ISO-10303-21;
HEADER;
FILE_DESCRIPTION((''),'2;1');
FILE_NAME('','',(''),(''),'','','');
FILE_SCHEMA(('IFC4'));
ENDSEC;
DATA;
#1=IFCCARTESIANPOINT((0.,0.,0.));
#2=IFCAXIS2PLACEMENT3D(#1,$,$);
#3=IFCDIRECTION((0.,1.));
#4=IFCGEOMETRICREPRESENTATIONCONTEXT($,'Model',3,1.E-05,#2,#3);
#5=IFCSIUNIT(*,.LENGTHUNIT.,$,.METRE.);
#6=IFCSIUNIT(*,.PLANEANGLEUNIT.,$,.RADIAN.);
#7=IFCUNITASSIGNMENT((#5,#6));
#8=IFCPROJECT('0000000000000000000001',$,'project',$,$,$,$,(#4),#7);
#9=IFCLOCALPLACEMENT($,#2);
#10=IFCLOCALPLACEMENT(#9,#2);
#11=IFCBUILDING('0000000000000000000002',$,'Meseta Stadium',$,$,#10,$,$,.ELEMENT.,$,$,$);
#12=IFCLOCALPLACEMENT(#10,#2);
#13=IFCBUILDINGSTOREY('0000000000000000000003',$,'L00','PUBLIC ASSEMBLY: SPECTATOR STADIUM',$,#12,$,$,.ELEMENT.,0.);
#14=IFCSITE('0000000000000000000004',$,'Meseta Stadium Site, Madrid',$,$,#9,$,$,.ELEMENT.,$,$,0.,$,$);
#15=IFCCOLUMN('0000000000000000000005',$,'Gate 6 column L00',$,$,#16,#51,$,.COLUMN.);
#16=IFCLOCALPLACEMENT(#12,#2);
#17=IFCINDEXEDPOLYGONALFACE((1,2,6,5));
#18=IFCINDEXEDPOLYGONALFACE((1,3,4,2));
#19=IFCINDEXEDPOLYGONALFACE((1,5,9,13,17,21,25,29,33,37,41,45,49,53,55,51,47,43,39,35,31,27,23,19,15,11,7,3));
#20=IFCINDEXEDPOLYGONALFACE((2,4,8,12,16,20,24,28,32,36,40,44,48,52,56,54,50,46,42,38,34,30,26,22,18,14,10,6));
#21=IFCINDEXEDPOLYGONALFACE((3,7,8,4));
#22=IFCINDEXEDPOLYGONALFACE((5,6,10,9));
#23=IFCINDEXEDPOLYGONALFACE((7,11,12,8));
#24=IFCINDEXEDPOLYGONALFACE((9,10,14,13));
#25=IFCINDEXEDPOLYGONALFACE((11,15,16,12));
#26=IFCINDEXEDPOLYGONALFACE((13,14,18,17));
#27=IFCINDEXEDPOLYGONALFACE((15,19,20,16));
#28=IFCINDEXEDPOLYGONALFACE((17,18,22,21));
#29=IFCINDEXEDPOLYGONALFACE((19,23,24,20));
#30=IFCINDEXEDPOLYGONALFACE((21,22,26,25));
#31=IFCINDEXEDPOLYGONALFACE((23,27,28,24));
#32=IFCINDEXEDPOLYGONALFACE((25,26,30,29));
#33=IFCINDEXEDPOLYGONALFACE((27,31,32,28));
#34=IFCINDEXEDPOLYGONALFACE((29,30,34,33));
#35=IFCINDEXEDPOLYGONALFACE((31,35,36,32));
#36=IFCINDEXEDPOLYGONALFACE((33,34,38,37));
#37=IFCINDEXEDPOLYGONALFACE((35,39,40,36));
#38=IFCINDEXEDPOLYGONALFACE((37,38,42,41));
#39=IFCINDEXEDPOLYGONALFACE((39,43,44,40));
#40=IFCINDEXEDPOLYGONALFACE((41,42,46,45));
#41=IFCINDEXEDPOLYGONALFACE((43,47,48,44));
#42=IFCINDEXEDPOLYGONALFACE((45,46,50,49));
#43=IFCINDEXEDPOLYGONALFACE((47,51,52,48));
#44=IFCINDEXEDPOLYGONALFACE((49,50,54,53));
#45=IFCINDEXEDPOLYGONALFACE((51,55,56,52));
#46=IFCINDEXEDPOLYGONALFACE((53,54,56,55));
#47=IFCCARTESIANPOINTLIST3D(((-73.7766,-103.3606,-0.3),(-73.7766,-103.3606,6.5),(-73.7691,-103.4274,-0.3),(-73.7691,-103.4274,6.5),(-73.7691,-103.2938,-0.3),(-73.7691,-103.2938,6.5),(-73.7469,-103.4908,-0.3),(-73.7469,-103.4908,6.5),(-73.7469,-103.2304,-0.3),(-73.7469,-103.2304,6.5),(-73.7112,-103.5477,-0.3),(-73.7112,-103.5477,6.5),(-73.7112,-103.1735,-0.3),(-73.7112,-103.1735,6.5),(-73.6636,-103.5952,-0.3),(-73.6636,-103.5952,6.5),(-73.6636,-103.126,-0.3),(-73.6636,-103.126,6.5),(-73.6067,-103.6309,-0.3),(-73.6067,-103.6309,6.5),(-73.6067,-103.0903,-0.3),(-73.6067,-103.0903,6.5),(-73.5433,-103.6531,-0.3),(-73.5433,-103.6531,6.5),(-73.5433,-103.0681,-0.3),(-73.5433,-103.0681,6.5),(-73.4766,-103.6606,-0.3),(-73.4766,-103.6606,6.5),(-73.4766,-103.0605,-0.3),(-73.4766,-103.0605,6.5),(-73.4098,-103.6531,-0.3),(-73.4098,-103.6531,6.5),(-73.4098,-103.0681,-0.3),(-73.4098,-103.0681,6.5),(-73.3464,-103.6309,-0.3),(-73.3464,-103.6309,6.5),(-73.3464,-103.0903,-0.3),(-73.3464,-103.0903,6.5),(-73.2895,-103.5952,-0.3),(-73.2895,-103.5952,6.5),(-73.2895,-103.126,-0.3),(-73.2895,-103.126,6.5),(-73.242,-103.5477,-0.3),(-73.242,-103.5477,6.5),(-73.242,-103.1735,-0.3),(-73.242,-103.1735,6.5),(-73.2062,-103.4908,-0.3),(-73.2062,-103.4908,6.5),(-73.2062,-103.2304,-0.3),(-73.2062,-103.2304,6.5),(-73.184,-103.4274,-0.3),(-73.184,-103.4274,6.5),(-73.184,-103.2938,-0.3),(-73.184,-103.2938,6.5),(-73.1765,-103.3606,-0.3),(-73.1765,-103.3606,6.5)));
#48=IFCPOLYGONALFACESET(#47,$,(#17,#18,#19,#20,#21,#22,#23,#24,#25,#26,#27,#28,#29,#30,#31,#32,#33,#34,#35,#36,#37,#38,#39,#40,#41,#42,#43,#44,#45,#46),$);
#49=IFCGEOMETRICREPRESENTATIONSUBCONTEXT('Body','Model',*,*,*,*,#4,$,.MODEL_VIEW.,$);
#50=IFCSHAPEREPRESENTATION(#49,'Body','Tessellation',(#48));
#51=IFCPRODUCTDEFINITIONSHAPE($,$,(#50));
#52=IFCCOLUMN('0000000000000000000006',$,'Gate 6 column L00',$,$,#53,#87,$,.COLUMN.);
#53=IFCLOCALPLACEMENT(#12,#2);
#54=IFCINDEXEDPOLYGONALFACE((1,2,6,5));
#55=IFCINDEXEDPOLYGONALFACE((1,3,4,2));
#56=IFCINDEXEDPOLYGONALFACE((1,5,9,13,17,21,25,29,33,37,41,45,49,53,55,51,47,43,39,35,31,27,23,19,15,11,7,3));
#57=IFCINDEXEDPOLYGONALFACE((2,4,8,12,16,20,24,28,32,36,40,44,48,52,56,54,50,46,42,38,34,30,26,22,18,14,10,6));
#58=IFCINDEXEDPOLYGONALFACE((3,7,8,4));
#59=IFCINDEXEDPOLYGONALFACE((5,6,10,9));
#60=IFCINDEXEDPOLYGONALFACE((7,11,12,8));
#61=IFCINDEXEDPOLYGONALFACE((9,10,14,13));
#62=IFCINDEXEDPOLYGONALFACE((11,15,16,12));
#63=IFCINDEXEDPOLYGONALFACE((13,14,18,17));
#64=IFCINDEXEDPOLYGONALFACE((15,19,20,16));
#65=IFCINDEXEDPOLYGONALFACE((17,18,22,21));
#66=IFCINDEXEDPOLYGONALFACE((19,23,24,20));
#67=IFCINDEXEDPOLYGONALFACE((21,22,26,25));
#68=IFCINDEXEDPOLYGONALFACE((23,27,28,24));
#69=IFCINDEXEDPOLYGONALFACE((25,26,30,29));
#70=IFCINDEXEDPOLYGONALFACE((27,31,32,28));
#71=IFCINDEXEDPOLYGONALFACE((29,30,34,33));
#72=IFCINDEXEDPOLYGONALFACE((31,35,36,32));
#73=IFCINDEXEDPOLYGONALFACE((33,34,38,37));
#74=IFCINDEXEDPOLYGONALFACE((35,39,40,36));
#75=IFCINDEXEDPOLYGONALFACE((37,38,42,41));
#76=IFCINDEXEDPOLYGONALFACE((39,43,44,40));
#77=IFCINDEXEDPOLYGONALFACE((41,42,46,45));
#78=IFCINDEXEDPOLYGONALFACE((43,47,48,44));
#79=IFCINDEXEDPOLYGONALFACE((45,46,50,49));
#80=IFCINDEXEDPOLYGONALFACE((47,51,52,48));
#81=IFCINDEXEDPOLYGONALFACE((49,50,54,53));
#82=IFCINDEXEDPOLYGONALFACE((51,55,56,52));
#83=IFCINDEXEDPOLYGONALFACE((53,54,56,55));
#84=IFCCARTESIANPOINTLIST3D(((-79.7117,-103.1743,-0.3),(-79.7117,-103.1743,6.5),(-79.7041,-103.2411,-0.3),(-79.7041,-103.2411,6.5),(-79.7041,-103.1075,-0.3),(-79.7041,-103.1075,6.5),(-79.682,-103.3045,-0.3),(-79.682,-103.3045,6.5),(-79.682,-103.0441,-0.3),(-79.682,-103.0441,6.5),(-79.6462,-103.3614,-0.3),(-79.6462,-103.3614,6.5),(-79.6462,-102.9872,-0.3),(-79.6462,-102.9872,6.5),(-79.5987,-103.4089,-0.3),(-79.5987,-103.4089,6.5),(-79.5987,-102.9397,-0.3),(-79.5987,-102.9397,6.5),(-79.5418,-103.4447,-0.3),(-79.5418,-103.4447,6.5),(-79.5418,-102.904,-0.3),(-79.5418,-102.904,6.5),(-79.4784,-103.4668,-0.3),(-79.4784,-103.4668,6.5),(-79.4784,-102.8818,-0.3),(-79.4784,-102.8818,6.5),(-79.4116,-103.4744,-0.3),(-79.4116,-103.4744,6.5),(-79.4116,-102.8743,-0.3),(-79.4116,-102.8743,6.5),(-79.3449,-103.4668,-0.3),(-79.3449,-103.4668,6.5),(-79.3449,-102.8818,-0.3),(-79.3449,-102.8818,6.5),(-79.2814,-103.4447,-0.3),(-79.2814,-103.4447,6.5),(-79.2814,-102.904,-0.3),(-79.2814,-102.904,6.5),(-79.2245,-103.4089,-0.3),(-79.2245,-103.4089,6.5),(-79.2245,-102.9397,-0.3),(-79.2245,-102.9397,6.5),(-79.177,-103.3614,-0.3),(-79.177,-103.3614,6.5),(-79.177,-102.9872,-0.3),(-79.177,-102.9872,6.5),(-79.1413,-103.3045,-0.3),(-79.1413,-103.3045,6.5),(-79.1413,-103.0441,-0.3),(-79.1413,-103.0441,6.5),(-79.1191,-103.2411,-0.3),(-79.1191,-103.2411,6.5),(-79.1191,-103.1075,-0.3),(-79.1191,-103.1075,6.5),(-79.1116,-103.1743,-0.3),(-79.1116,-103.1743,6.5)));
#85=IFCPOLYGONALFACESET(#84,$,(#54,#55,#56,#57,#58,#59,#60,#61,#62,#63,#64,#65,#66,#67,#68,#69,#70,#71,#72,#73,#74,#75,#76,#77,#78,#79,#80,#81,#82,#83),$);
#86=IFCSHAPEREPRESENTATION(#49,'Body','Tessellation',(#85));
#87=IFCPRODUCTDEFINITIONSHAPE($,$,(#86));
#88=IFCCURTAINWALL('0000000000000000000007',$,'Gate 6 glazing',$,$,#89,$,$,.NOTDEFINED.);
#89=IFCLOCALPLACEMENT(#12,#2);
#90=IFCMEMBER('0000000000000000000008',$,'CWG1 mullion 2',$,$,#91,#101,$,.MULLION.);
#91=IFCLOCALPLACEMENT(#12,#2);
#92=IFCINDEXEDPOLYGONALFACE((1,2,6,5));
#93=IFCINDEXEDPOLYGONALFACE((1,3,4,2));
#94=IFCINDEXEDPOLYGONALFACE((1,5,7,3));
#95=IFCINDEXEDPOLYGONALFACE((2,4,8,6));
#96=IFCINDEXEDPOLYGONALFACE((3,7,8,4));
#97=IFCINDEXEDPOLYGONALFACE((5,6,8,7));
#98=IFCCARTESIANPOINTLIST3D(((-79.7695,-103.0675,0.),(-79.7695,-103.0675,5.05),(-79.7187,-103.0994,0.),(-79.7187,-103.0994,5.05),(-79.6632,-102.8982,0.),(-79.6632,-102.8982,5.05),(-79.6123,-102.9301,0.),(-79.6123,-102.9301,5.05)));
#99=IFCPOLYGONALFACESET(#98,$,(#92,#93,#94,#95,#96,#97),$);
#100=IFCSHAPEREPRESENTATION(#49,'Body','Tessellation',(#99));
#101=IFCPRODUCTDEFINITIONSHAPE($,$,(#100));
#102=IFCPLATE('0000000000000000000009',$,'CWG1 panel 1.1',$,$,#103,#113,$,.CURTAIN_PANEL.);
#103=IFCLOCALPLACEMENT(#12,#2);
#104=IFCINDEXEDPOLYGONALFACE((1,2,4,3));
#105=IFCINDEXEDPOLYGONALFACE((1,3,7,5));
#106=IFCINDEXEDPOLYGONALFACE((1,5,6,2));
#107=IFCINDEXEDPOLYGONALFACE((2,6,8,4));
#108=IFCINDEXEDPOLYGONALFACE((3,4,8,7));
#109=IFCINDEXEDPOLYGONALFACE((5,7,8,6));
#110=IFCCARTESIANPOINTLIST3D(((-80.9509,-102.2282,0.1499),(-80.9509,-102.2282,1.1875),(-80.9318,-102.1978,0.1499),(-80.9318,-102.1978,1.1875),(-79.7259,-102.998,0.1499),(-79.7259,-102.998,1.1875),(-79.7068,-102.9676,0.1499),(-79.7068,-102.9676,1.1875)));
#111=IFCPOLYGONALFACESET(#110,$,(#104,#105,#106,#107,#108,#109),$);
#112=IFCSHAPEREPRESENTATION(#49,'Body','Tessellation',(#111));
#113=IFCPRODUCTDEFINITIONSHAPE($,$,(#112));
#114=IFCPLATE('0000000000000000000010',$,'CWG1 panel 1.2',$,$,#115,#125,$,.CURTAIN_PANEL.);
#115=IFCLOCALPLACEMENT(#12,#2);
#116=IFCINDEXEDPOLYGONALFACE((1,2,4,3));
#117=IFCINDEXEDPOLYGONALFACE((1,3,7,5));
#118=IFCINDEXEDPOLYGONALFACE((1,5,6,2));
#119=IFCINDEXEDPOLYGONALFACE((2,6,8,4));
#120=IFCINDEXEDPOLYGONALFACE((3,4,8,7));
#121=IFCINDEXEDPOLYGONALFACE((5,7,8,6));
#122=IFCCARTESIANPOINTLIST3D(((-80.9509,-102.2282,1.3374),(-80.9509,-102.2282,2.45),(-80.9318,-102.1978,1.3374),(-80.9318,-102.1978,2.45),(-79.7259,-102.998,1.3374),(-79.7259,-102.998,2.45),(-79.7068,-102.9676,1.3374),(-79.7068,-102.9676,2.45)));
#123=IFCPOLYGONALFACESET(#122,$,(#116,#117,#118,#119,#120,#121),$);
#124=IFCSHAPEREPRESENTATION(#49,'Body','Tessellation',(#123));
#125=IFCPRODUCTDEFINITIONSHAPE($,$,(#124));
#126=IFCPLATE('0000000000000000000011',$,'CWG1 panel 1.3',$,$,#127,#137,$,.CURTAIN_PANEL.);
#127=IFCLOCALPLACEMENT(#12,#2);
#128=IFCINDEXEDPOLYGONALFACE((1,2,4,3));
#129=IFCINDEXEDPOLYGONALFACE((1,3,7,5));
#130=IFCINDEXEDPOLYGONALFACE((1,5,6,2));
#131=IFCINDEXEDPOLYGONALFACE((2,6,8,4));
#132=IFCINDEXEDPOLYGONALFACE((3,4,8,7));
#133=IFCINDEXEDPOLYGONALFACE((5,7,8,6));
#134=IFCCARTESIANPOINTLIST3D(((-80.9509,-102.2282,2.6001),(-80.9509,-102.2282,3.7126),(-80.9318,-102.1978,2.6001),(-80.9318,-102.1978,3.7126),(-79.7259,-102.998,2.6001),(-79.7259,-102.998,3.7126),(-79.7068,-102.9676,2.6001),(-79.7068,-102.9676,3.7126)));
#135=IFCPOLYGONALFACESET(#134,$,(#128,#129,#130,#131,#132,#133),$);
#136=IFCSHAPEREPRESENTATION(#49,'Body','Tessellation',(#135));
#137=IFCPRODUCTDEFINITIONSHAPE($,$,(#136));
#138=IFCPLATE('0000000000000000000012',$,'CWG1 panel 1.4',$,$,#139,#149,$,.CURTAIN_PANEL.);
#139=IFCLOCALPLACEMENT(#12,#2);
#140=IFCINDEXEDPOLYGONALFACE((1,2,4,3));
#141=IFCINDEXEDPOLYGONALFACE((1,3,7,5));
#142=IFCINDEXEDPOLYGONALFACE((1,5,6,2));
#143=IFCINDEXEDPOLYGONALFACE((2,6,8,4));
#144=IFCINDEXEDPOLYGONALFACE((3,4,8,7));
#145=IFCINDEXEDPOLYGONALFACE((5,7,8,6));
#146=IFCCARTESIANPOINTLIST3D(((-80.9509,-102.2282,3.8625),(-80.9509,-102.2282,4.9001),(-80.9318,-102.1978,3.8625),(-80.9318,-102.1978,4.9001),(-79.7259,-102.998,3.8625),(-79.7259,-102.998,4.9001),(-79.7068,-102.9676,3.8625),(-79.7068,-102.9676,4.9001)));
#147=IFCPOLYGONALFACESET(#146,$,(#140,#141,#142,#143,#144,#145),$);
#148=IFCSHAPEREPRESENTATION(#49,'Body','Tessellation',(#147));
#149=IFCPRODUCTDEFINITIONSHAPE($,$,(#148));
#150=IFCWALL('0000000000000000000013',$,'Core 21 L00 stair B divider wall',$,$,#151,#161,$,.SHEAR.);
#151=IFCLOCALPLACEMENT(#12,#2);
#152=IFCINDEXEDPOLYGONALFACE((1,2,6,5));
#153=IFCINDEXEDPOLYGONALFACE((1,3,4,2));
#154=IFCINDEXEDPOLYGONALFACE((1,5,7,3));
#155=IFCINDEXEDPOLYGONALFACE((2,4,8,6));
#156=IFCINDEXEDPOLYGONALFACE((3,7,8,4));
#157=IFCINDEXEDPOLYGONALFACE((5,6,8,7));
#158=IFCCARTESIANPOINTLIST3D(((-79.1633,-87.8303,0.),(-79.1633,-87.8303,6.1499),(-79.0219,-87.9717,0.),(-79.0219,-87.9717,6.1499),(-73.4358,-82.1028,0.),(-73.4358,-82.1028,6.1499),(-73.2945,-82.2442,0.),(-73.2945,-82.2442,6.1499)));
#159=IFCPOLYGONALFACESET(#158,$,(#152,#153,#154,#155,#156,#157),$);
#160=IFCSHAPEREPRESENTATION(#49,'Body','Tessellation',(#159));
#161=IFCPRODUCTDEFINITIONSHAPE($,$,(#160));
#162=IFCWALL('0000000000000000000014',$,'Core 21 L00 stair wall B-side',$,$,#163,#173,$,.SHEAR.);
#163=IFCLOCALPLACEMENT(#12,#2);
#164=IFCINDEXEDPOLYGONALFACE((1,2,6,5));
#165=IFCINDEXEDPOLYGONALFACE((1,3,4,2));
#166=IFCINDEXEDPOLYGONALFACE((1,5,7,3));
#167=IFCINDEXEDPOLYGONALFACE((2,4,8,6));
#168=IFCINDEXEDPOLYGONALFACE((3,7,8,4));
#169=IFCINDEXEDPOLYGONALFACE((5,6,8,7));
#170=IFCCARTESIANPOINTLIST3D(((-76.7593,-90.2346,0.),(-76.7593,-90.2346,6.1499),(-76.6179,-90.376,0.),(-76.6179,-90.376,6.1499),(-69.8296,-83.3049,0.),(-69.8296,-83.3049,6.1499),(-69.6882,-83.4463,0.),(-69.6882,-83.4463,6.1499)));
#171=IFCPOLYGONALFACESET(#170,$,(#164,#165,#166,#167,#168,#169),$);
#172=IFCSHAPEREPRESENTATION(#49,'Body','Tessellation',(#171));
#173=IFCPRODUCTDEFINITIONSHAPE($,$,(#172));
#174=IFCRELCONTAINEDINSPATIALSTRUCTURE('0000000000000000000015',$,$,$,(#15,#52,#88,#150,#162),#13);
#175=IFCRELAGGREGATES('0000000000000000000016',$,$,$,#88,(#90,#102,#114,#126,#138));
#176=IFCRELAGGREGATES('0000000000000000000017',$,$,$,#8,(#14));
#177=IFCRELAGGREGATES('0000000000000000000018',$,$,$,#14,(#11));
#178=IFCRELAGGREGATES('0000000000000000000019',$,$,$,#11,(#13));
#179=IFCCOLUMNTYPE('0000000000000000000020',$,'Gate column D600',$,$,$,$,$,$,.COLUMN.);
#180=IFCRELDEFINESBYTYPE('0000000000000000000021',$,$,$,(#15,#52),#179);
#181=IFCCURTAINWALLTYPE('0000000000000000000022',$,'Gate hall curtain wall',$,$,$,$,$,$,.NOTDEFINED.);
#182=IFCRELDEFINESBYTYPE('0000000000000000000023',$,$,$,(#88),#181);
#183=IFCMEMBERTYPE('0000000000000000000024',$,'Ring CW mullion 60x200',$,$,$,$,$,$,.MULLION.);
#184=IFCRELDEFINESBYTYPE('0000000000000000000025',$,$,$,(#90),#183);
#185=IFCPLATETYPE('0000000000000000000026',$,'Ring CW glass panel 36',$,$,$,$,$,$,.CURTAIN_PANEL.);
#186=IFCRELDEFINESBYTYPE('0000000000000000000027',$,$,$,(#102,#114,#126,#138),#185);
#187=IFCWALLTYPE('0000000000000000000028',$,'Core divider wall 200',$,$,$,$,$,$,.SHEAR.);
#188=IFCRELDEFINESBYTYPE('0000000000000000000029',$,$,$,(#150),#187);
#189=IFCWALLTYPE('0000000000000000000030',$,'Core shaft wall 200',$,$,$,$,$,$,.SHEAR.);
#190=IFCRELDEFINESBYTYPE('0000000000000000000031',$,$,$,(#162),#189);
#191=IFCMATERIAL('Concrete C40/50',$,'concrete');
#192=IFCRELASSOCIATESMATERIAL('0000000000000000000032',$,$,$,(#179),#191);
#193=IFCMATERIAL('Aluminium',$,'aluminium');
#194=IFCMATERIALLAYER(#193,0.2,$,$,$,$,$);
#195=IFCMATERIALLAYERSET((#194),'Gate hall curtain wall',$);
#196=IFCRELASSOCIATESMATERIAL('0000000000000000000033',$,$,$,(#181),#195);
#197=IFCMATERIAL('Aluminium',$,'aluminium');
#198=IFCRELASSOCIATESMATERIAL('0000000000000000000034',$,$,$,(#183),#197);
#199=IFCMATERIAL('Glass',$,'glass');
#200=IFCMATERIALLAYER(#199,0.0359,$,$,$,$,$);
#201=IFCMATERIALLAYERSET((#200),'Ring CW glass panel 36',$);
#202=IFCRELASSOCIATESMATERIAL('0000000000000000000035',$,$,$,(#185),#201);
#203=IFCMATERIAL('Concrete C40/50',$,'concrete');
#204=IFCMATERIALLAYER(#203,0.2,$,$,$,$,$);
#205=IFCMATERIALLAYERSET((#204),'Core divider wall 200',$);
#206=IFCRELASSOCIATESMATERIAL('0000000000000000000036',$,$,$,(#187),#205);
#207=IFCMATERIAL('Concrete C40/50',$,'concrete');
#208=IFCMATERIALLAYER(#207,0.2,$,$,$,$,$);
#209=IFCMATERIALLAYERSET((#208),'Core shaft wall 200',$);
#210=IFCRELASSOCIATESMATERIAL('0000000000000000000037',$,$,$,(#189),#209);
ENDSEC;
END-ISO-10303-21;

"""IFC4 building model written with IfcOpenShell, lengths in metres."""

from ifc_helpers import new_model, si_unit, direction, frame, frame_2d, origin, origin_2d, place, context, subcontext, project, spatial, rectangle, circle, extrude, material, layer, layer_set, material_profile, profile_set, type_object, element, aggregate, save


model = new_model("IFC4")

# Units and contexts
model_context = context("Model", 3, precision=1e-05, world=origin(), true_north=direction((0.0, 1.0)))
body_context = subcontext(model_context, "Body", "Model", "MODEL_VIEW")
ifc_project = project(units=[si_unit("LENGTHUNIT", "METRE"), si_unit("PLANEANGLEUNIT", "RADIAN")], contexts=[model_context])

# Site, building, storey
site_placement = place(None, origin())
site = spatial("IfcSite", under=ifc_project, at=site_placement, Name="Meseta Stadium Site, Madrid", CompositionType="ELEMENT", RefElevation=0.0)
building_placement = place(site_placement, origin())
building = spatial("IfcBuilding", under=site, at=building_placement, Name="Meseta Stadium", CompositionType="ELEMENT")
storey_placement = place(building_placement, origin())
storey = spatial("IfcBuildingStorey", under=building, at=storey_placement, Name="L00", Description="PUBLIC ASSEMBLY: SPECTATOR STADIUM", CompositionType="ELEMENT", Elevation=0.0)

# Columns
ifc_material_1 = material(Name="Concrete C40/50", Category="concrete")
ifc_material_profile_1 = material_profile(ifc_material_1, circle(Radius=0.3, at=origin_2d()), Name="RC D600")
ifc_profile_set_1 = profile_set([ifc_material_profile_1], Name="Concrete C40/50")
column_type = type_object("IfcColumnType", Name="Gate column D600", PredefinedType="COLUMN", material=ifc_profile_set_1)
for number, where, z_axis, x_axis, name in (
    (1, (-73.4766, -103.3606, -0.3), (0.0, 0.0, 1.0), (1.0, 0.0, 0.0), "Gate 6 column L00"),
    (2, (-79.4116, -103.1743, -0.3), (0.0, 0.0, 1.0), (1.0, 0.0, 0.0), "Gate 6 column L00"),
):
    element("IfcColumn", number, at=place(storey_placement, frame(where, z_axis=z_axis, x_axis=x_axis)), inside=storey, type_object=column_type, Name=name, PredefinedType="COLUMN", context=body_context, shape_type="SweptSolid", body=[
        extrude(circle(Radius=0.3, at=origin_2d()), origin(), (0.0, 0.0, 1.0), 6.8),
    ])

# Curtain wall, member, plates
ifc_material_2 = material(Name="Aluminium", Category="aluminium")
ifc_layer_1 = layer(ifc_material_2, 0.2)
ifc_layer_set_1 = layer_set([ifc_layer_1], Name="Gate hall curtain wall")
curtain_wall_type = type_object("IfcCurtainWallType", Name="Gate hall curtain wall", PredefinedType="NOTDEFINED", material=ifc_layer_set_1)
curtain_wall_placement = place(storey_placement, origin())
curtain_wall = element("IfcCurtainWall", 3, at=curtain_wall_placement, inside=storey, type_object=curtain_wall_type, Name="Gate 6 glazing", PredefinedType="NOTDEFINED")
ifc_material_3 = material(Name="Aluminium", Category="aluminium")
ifc_material_profile_2 = material_profile(ifc_material_3, rectangle(XDim=0.2, YDim=0.0601, at=origin_2d()), Name="CW 200x60")
ifc_profile_set_2 = profile_set([ifc_material_profile_2], Name="Aluminium")
member_type = type_object("IfcMemberType", Name="Ring CW mullion 60x200", PredefinedType="MULLION", material=ifc_profile_set_2)
member_placement = place(storey_placement, frame((-79.6909, -102.9988, 0.0), z_axis=(0.0, 0.0, 1.0), x_axis=(0.532023, 0.84673, 0.0)))
member = element("IfcMember", 4, at=member_placement, type_object=member_type, Name="CWG1 mullion 2", PredefinedType="MULLION", context=body_context, shape_type="SweptSolid", body=[
    extrude(rectangle(XDim=0.2, YDim=0.0601, at=origin_2d()), origin(), (0.0, 0.0, 1.0), 5.05),
])
ifc_material_4 = material(Name="Glass", Category="glass")
ifc_layer_2 = layer(ifc_material_4, 0.0359)
ifc_layer_set_2 = layer_set([ifc_layer_2], Name="Ring CW glass panel 36")
plate_type = type_object("IfcPlateType", Name="Ring CW glass panel 36", PredefinedType="CURTAIN_PANEL", material=ifc_layer_set_2)
plate_1_placement = place(storey_placement, frame((-80.3289, -102.5979, 0.1499), z_axis=(0.0, 0.0, 1.0), x_axis=(0.84673, -0.532023, 0.0)))
plate_1 = element("IfcPlate", 5, at=plate_1_placement, type_object=plate_type, Name="CWG1 panel 1.1", PredefinedType="CURTAIN_PANEL", context=body_context, shape_type="SweptSolid", body=[
    extrude(rectangle(XDim=1.4468, YDim=0.0359, at=origin_2d()), origin(), (0.0, 0.0, 1.0), 1.0376),
])
plate_2_placement = place(storey_placement, frame((-80.3289, -102.5979, 1.3374), z_axis=(0.0, 0.0, 1.0), x_axis=(0.84673, -0.532023, 0.0)))
plate_2 = element("IfcPlate", 6, at=plate_2_placement, type_object=plate_type, Name="CWG1 panel 1.2", PredefinedType="CURTAIN_PANEL", context=body_context, shape_type="SweptSolid", body=[
    extrude(rectangle(XDim=1.4468, YDim=0.0359, at=origin_2d()), origin(), (0.0, 0.0, 1.0), 1.1125),
])
plate_3_placement = place(storey_placement, frame((-80.3289, -102.5979, 2.6001), z_axis=(0.0, 0.0, 1.0), x_axis=(0.84673, -0.532023, 0.0)))
plate_3 = element("IfcPlate", 7, at=plate_3_placement, type_object=plate_type, Name="CWG1 panel 1.3", PredefinedType="CURTAIN_PANEL", context=body_context, shape_type="SweptSolid", body=[
    extrude(rectangle(XDim=1.4468, YDim=0.0359, at=origin_2d()), origin(), (0.0, 0.0, 1.0), 1.1125),
])
plate_4_placement = place(storey_placement, frame((-80.3289, -102.5979, 3.8625), z_axis=(0.0, 0.0, 1.0), x_axis=(0.84673, -0.532023, 0.0)))
plate_4 = element("IfcPlate", 8, at=plate_4_placement, type_object=plate_type, Name="CWG1 panel 1.4", PredefinedType="CURTAIN_PANEL", context=body_context, shape_type="SweptSolid", body=[
    extrude(rectangle(XDim=1.4468, YDim=0.0359, at=origin_2d()), origin(), (0.0, 0.0, 1.0), 1.0376),
])
aggregate(curtain_wall, [member, plate_1, plate_2, plate_3, plate_4])

# Walls
ifc_material_5 = material(Name="Concrete C40/50", Category="concrete")
ifc_layer_3 = layer(ifc_material_5, 0.2)
ifc_layer_set_3 = layer_set([ifc_layer_3], Name="Core divider wall 200")
wall_type_1 = type_object("IfcWallType", Name="Core divider wall 200", PredefinedType="SHEAR", material=ifc_layer_set_3)
wall_1_placement = place(storey_placement, frame((-79.0925, -87.9009, 0.0), z_axis=(0.0, 0.0, 1.0), x_axis=(0.707107, 0.707107, 0.0)))
element("IfcWall", 9, at=wall_1_placement, inside=storey, type_object=wall_type_1, Name="Core 21 L00 stair B divider wall", PredefinedType="SHEAR", context=body_context, shape_type="SweptSolid", body=[
    extrude(rectangle(XDim=8.0999, YDim=0.2, at=frame_2d((4.0498, 0.0))), origin(), (0.0, 0.0, 1.0), 6.1499),
])
ifc_material_6 = material(Name="Concrete C40/50", Category="concrete")
ifc_layer_4 = layer(ifc_material_6, 0.2)
ifc_layer_set_4 = layer_set([ifc_layer_4], Name="Core shaft wall 200")
wall_type_2 = type_object("IfcWallType", Name="Core shaft wall 200", PredefinedType="SHEAR", material=ifc_layer_set_4)
wall_2_placement = place(storey_placement, frame((-76.6885, -90.3052, 0.0), z_axis=(0.0, 0.0, 1.0), x_axis=(0.707107, 0.707107, 0.0)))
element("IfcWall", 10, at=wall_2_placement, inside=storey, type_object=wall_type_2, Name="Core 21 L00 stair wall B-side", PredefinedType="SHEAR", context=body_context, shape_type="SweptSolid", body=[
    extrude(rectangle(XDim=9.8, YDim=0.2, at=frame_2d((4.8999, 0.0))), origin(), (0.0, 0.0, 1.0), 6.1499),
])

save(model, "model.ifc")
